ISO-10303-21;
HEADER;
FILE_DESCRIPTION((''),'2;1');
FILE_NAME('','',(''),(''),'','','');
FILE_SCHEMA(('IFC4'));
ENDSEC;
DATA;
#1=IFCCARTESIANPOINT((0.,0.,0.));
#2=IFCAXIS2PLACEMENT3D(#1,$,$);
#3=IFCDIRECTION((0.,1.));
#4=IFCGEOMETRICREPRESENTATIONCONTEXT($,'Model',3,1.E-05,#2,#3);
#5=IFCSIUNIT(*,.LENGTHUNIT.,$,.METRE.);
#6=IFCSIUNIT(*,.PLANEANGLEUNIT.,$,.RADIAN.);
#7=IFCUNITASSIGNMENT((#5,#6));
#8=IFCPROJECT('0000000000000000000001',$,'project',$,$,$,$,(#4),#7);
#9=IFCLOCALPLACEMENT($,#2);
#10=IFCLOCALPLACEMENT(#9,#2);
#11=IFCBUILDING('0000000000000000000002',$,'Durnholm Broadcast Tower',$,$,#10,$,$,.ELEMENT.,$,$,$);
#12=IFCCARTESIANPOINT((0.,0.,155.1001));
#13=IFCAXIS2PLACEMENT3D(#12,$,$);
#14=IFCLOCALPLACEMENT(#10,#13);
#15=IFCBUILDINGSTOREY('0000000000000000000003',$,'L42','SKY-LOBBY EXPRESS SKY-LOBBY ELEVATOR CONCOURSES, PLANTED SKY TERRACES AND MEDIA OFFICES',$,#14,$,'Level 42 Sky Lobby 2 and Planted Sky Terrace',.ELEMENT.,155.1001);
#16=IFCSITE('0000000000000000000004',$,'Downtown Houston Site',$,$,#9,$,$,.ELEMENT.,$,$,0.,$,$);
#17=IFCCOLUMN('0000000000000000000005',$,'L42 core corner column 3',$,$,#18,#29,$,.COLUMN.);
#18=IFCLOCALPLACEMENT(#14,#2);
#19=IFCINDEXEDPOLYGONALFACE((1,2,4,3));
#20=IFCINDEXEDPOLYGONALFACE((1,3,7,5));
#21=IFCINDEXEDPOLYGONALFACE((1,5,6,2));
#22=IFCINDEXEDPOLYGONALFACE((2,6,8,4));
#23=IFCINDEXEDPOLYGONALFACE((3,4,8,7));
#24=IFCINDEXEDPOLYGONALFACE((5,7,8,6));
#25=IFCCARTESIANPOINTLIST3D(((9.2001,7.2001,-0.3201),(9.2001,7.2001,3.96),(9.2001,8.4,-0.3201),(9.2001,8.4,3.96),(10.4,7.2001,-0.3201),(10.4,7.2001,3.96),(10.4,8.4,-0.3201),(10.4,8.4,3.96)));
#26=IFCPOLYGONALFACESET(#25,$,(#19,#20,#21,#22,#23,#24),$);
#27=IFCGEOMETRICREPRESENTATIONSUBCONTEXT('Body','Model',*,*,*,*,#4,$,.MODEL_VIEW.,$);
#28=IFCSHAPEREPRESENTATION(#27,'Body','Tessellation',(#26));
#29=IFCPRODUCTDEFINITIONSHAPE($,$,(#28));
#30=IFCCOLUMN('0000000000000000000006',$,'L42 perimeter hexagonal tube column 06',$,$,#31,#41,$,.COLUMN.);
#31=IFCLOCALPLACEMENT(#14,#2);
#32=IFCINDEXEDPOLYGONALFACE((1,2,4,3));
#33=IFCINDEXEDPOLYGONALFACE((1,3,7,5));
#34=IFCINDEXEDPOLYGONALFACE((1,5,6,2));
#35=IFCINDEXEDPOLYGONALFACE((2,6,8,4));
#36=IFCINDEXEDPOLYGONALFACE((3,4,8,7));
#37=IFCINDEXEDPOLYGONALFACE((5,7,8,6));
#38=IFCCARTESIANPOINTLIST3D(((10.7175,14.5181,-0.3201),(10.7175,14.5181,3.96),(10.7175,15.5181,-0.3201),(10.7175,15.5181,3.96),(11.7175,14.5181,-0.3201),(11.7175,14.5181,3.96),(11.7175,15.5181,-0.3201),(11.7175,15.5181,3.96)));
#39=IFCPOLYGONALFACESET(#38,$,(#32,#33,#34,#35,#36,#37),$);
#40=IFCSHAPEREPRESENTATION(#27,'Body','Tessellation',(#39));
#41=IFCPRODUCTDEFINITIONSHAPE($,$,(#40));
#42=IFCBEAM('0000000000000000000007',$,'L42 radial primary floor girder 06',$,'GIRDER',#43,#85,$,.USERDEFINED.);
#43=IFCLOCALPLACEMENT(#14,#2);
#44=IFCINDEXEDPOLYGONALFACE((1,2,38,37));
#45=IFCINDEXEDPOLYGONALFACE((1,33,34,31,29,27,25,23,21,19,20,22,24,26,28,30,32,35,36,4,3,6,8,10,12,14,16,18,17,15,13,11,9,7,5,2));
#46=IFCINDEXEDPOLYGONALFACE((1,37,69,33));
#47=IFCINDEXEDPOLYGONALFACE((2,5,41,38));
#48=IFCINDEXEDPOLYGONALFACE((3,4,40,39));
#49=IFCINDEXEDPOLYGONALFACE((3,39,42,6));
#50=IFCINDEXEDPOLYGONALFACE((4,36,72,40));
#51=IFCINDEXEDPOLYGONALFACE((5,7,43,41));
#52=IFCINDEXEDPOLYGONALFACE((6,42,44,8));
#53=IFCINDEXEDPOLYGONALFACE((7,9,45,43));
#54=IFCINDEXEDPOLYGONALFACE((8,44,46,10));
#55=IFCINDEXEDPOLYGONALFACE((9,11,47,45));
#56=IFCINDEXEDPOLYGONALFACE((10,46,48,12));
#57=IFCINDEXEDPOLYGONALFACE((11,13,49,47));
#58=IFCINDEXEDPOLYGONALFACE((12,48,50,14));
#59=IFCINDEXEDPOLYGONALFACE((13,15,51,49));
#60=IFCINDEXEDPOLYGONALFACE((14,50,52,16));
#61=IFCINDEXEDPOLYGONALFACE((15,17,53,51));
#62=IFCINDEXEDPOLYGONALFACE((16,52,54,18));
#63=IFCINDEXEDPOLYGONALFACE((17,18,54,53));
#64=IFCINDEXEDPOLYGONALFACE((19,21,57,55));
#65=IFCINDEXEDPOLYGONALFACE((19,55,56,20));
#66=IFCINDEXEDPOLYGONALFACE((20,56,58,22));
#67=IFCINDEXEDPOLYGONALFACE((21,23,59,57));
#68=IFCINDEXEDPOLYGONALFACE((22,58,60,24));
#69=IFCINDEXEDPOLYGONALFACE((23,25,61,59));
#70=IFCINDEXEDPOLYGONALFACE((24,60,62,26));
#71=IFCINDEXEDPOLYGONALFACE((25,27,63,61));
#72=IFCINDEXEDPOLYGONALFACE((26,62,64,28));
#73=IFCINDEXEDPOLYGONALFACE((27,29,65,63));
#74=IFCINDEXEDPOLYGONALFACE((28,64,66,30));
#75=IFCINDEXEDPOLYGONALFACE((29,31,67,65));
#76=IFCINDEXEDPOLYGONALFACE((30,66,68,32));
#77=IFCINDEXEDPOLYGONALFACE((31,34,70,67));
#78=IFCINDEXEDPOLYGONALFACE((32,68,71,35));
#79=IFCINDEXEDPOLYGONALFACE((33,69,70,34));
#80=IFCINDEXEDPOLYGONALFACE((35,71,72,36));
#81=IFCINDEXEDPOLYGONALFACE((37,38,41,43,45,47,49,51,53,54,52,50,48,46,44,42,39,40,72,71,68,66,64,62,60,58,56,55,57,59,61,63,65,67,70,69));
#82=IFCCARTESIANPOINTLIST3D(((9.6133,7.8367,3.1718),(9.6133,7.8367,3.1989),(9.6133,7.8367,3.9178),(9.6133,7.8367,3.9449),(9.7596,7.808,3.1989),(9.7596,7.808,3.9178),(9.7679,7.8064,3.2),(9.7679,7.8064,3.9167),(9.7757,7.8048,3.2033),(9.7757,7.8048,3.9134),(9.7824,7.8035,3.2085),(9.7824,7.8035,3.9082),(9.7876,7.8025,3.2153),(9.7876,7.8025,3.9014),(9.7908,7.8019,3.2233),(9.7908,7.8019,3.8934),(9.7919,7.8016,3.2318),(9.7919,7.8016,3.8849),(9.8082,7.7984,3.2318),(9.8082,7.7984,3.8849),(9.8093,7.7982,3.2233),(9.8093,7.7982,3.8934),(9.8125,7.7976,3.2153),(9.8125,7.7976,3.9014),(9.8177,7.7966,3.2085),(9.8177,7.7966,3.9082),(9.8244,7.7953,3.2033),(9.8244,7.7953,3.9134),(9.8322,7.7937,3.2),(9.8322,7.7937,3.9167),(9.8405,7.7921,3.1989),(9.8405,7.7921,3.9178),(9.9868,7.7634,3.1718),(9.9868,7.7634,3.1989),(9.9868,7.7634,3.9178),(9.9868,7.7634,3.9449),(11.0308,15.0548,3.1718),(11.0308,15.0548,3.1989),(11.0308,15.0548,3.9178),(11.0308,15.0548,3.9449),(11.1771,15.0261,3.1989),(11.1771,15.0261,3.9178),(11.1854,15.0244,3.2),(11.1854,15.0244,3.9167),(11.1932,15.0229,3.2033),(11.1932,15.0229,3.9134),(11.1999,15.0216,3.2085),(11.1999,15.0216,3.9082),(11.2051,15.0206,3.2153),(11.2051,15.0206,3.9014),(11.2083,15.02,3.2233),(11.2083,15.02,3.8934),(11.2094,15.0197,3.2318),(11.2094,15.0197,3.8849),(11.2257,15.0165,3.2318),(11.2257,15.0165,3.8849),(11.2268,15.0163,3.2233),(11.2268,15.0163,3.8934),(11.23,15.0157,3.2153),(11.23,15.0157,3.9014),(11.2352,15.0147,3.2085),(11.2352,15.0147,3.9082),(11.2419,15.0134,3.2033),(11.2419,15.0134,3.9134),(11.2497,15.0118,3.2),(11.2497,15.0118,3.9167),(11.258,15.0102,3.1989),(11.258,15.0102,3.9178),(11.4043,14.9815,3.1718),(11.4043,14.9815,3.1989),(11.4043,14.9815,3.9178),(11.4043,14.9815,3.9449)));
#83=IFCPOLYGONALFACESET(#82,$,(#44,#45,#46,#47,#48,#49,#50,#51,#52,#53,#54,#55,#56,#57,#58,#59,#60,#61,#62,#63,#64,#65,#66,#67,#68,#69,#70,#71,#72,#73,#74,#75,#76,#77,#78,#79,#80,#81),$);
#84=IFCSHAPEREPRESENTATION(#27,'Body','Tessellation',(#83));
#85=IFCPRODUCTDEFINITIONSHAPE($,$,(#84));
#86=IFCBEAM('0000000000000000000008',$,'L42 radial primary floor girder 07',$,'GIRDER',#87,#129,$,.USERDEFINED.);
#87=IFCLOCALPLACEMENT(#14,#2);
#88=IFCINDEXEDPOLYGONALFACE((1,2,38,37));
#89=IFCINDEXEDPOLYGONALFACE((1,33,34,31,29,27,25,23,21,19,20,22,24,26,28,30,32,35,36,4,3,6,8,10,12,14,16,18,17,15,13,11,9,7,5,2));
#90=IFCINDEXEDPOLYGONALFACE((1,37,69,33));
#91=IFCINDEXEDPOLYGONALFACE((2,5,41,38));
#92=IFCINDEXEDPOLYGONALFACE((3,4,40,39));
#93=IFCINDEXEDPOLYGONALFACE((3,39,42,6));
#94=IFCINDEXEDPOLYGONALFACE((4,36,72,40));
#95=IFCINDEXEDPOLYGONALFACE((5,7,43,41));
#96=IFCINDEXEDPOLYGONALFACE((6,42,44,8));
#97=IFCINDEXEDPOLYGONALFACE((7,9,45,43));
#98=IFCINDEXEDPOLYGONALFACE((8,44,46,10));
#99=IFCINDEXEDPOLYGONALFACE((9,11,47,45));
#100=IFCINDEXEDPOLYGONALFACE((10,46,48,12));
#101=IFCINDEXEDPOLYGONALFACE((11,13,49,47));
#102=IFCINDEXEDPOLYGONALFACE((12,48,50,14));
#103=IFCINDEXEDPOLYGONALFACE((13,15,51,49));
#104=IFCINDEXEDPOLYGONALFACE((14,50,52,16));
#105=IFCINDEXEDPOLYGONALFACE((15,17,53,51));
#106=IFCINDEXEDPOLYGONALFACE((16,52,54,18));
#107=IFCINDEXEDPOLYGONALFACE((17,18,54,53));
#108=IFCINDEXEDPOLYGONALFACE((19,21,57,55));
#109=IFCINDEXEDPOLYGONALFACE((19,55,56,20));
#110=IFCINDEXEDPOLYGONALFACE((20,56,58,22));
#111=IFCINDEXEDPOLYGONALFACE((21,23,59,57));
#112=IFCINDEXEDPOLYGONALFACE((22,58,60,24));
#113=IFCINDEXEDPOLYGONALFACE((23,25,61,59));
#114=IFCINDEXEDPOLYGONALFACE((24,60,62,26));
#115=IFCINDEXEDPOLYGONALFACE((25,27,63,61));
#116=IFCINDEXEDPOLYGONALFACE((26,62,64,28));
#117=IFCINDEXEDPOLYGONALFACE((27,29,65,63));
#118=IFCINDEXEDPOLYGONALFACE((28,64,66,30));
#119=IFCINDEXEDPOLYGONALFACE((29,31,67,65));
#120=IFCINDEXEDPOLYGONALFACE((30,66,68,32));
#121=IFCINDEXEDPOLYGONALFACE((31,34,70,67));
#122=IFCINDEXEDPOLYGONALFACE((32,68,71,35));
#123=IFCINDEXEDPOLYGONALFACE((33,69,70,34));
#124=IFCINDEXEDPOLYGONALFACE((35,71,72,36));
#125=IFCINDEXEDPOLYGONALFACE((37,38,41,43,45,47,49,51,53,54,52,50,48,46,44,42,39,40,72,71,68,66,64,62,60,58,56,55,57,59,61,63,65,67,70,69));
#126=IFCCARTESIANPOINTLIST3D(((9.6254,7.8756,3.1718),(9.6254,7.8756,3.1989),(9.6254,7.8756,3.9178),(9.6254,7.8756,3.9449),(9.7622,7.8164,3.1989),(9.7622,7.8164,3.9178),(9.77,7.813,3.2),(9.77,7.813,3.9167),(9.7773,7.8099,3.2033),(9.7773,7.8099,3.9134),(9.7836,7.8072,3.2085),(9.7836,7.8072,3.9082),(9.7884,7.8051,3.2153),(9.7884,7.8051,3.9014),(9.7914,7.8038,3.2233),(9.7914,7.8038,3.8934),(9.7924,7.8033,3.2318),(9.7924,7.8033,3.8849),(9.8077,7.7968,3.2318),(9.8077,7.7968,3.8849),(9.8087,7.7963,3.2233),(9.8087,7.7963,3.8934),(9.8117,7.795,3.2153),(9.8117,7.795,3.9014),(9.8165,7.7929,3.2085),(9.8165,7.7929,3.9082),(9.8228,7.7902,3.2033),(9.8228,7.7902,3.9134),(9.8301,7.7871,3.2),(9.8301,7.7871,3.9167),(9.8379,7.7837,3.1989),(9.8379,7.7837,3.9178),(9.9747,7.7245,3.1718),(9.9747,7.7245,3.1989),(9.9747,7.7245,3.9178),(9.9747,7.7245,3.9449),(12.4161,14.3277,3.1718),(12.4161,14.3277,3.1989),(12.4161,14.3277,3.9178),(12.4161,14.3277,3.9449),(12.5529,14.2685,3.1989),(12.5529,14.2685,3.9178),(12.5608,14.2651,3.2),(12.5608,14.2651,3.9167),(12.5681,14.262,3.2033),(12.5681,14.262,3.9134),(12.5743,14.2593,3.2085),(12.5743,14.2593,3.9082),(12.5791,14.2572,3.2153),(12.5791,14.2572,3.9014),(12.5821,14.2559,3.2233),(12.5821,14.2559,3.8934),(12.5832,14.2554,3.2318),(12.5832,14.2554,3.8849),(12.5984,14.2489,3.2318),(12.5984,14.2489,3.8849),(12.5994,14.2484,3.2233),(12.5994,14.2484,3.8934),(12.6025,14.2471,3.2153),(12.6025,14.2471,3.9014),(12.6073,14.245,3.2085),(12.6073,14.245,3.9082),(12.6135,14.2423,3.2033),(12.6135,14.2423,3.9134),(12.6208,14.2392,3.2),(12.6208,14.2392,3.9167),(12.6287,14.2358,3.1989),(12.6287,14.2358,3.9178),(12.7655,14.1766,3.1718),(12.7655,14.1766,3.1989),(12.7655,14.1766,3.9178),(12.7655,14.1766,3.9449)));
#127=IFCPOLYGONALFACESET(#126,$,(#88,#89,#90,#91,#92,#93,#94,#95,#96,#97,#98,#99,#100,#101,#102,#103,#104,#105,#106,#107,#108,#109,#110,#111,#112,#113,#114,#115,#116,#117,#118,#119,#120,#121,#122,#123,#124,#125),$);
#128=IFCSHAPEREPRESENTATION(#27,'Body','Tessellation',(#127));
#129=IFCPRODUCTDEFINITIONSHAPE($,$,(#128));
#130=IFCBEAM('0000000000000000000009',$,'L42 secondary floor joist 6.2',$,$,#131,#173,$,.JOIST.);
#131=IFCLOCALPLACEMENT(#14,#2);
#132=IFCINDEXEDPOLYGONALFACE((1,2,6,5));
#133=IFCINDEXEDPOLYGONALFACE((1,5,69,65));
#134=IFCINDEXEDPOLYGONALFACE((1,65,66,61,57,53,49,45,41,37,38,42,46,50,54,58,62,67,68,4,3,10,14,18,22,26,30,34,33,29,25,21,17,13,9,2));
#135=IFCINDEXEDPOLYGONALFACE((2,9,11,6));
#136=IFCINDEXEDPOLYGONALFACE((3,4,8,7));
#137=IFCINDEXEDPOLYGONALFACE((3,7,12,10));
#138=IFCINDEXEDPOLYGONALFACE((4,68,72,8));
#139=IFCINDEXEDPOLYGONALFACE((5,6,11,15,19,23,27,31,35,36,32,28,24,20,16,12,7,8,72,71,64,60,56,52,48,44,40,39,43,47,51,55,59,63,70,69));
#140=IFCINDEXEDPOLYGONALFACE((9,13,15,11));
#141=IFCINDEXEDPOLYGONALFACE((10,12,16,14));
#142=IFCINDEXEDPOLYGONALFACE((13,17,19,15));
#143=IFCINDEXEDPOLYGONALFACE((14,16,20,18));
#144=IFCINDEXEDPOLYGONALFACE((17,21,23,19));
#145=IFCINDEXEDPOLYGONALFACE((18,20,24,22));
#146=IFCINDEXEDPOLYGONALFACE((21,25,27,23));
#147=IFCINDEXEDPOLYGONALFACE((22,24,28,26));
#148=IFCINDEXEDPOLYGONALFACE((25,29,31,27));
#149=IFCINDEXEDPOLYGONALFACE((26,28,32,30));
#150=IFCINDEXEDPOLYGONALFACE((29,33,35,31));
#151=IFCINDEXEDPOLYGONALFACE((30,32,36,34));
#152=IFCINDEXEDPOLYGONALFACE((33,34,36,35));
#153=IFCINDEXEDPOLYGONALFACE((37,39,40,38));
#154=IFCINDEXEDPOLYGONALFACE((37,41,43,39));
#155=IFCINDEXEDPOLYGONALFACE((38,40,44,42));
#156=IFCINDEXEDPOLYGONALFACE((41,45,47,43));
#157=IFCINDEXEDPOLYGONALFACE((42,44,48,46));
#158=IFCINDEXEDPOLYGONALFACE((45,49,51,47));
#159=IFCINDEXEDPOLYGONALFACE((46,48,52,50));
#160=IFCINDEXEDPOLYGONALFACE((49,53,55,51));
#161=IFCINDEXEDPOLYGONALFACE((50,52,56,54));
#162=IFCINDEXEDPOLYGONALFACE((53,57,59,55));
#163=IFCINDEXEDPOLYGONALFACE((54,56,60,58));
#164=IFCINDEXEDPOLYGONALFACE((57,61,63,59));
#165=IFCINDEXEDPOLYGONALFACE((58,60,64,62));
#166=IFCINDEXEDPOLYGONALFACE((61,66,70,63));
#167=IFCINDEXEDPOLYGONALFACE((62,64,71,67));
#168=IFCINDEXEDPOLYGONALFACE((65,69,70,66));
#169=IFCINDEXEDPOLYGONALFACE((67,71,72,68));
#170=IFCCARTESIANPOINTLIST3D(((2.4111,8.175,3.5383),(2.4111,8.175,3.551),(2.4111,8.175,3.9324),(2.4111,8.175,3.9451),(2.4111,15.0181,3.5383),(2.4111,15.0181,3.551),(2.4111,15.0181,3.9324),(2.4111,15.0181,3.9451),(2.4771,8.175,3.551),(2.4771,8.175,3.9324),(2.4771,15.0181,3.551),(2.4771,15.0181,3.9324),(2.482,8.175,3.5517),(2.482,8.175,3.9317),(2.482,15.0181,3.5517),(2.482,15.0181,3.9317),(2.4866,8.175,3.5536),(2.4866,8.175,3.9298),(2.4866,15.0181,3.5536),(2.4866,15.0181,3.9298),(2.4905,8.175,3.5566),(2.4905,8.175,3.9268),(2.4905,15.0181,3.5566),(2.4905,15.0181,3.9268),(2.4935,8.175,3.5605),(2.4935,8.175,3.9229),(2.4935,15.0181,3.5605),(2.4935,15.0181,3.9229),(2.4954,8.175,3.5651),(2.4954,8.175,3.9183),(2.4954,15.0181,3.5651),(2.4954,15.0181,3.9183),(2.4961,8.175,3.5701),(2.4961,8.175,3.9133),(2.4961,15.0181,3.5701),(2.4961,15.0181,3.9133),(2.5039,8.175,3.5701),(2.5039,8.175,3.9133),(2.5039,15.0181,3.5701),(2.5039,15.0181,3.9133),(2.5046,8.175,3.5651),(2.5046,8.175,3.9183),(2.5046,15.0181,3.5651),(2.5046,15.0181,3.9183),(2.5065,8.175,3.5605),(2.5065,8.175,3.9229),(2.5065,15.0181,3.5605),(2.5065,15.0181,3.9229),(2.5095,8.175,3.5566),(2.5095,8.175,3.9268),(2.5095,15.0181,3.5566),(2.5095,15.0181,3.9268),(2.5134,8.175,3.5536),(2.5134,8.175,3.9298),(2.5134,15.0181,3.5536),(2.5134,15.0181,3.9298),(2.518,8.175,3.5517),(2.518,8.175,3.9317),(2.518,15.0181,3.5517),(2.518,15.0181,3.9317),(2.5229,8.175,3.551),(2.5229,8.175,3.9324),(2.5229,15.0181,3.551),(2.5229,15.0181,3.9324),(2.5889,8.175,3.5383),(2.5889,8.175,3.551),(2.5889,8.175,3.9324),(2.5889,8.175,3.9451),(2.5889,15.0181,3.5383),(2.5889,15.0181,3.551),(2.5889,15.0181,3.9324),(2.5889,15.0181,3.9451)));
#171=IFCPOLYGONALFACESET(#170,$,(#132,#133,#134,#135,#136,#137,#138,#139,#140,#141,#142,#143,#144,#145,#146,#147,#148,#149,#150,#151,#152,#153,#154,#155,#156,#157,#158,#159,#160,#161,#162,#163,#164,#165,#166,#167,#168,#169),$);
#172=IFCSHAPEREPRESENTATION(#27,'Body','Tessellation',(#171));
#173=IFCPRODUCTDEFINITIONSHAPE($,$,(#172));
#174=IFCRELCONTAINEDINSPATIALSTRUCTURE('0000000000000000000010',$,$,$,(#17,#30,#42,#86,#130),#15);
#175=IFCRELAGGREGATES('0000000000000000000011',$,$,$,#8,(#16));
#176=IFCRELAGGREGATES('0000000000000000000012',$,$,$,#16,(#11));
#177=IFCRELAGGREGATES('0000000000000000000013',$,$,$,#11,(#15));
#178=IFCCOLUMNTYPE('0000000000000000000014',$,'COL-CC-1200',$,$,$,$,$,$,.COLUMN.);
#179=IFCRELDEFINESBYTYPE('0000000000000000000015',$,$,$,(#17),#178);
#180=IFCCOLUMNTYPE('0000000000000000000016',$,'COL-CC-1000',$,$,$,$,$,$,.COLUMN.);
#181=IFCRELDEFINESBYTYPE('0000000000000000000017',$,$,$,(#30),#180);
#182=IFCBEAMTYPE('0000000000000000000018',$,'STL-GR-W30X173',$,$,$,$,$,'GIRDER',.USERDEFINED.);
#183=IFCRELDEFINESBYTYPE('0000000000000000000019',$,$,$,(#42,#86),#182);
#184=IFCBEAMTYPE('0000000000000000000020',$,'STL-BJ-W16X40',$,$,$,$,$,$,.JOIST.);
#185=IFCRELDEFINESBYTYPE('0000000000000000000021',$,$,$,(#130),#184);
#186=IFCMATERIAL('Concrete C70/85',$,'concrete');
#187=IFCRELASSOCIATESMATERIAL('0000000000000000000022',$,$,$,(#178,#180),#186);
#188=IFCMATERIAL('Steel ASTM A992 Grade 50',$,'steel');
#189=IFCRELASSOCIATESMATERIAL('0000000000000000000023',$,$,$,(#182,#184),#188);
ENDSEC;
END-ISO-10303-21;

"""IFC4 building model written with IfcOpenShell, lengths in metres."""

from ifc_helpers import new_model, si_unit, direction, frame, origin, origin_2d, place, context, subcontext, project, spatial, rectangle, i_section, extrude, source, transform, mapped, material, material_profile, profile_set, type_object, type_shapes, element, save


model = new_model("IFC4")

# Units and contexts
model_context = context("Model", 3, precision=1e-05, world=origin(), true_north=direction((0.0, 1.0)))
body_context = subcontext(model_context, "Body", "Model", "MODEL_VIEW")
ifc_project = project(units=[si_unit("LENGTHUNIT", "METRE"), si_unit("PLANEANGLEUNIT", "RADIAN")], contexts=[model_context])

# Site, building, storey
site_placement = place(None, origin())
site = spatial("IfcSite", under=ifc_project, at=site_placement, Name="Downtown Houston Site", CompositionType="ELEMENT", RefElevation=0.0)
building_placement = place(site_placement, origin())
building = spatial("IfcBuilding", under=site, at=building_placement, Name="Durnholm Broadcast Tower", CompositionType="ELEMENT")
storey_placement = place(building_placement, frame((0.0, 0.0, 155.1001)))
storey = spatial("IfcBuildingStorey", under=building, at=storey_placement, Name="L42", Description="SKY-LOBBY EXPRESS SKY-LOBBY ELEVATOR CONCOURSES, PLANTED SKY TERRACES AND MEDIA OFFICES", LongName="Level 42 Sky Lobby 2 and Planted Sky Terrace", CompositionType="ELEMENT", Elevation=155.1001)

# Columns
ifc_material_1 = material(Name="Concrete C70/85", Category="concrete")
ifc_material_profile_1 = material_profile(ifc_material_1, rectangle(XDim=1.2, YDim=1.2, at=origin_2d()), Name="RC1200X1200")
ifc_profile_set_1 = profile_set([ifc_material_profile_1], Name="Concrete C70/85")
column_type_1 = type_object("IfcColumnType", Name="COL-CC-1200", PredefinedType="COLUMN", material=ifc_profile_set_1)
shared_shape_1 = source(origin(), body_context, "Body", "SweptSolid", [
    extrude(rectangle(XDim=1.2, YDim=1.2, at=origin_2d()), origin(), (0.0, 0.0, 1.0), 4.28),
])
type_shapes(column_type_1, [shared_shape_1])
column_1_placement = place(storey_placement, frame((9.8, 7.8, -0.3201), z_axis=(0.0, 0.0, 1.0), x_axis=(1.0, 0.0, 0.0)))
element("IfcColumn", 1, at=column_1_placement, inside=storey, type_object=column_type_1, Name="L42 core corner column 3", PredefinedType="COLUMN", context=body_context, shape_type="MappedRepresentation", body=[
    mapped(shared_shape_1, transform((0.0, 0.0, 0.0), x_axis=(1.0, 0.0, 0.0), y_axis=(0.0, 1.0, 0.0), z_axis=(0.0, 0.0, 1.0), scale=1.0)),
])
ifc_material_profile_2 = material_profile(ifc_material_1, rectangle(XDim=1.0, YDim=1.0, at=origin_2d()), Name="RC1000X1000")
ifc_profile_set_2 = profile_set([ifc_material_profile_2], Name="Concrete C70/85")
column_type_2 = type_object("IfcColumnType", Name="COL-CC-1000", PredefinedType="COLUMN", material=ifc_profile_set_2)
shared_shape_2 = source(origin(), body_context, "Body", "SweptSolid", [
    extrude(rectangle(XDim=1.0, YDim=1.0, at=origin_2d()), origin(), (0.0, 0.0, 1.0), 4.28),
])
type_shapes(column_type_2, [shared_shape_2])
column_2_placement = place(storey_placement, frame((11.2175, 15.0181, -0.3201), z_axis=(0.0, 0.0, 1.0), x_axis=(1.0, 0.0, 0.0)))
element("IfcColumn", 2, at=column_2_placement, inside=storey, type_object=column_type_2, Name="L42 perimeter hexagonal tube column 06", PredefinedType="COLUMN", context=body_context, shape_type="MappedRepresentation", body=[
    mapped(shared_shape_2, transform((0.0, 0.0, 0.0), x_axis=(1.0, 0.0, 0.0), y_axis=(0.0, 1.0, 0.0), z_axis=(0.0, 0.0, 1.0), scale=1.0)),
])

# Beams
ifc_material_2 = material(Name="Steel ASTM A992 Grade 50", Category="steel")
ifc_material_profile_3 = material_profile(ifc_material_2, i_section(OverallWidth=0.3806, OverallDepth=0.7732, WebThickness=0.0166, FlangeThickness=0.0271, FilletRadius=0.033, at=origin_2d()), Name="W30X173")
ifc_profile_set_3 = profile_set([ifc_material_profile_3], Name="Steel ASTM A992 Grade 50")
beam_type_1 = type_object("IfcBeamType", Name="STL-GR-W30X173", ElementType="GIRDER", PredefinedType="USERDEFINED", material=ifc_profile_set_3)
shared_shape_3 = source(origin(), body_context, "Body", "SweptSolid", [
    extrude(i_section(OverallWidth=0.3806, OverallDepth=0.7732, WebThickness=0.0166, FlangeThickness=0.0271, FilletRadius=0.033, at=origin_2d()), origin(), (0.0, 0.0, 1.0), 7.356),
])
beam_1_placement = place(storey_placement, frame((9.8, 7.8, 3.5583), z_axis=(0.1927, 0.981258, 0.0), x_axis=(-0.981258, 0.1927, 0.0)))
element("IfcBeam", 3, at=beam_1_placement, inside=storey, type_object=beam_type_1, Name="L42 radial primary floor girder 06", ObjectType="GIRDER", PredefinedType="USERDEFINED", context=body_context, shape_type="MappedRepresentation", body=[
    mapped(shared_shape_3, transform((0.0, 0.0, 0.0), x_axis=(1.0, 0.0, 0.0), y_axis=(0.0, 1.0, 0.0), z_axis=(0.0, 0.0, 1.0), scale=1.0)),
])
shared_shape_4 = source(origin(), body_context, "Body", "SweptSolid", [
    extrude(i_section(OverallWidth=0.3806, OverallDepth=0.7732, WebThickness=0.0166, FlangeThickness=0.0271, FilletRadius=0.033, at=origin_2d()), origin(), (0.0, 0.0, 1.0), 7.0298),
])
type_shapes(beam_type_1, [shared_shape_3, shared_shape_4])
beam_2_placement = place(storey_placement, frame((9.8, 7.8, 3.5583), z_axis=(0.396989, 0.917823, 0.0), x_axis=(-0.917823, 0.396989, 0.0)))
element("IfcBeam", 4, at=beam_2_placement, inside=storey, type_object=beam_type_1, Name="L42 radial primary floor girder 07", ObjectType="GIRDER", PredefinedType="USERDEFINED", context=body_context, shape_type="MappedRepresentation", body=[
    mapped(shared_shape_4, transform((0.0, 0.0, 0.0), x_axis=(1.0, 0.0, 0.0), y_axis=(0.0, 1.0, 0.0), z_axis=(0.0, 0.0, 1.0), scale=1.0)),
])
ifc_material_profile_4 = material_profile(ifc_material_2, i_section(OverallWidth=0.1777, OverallDepth=0.4067, WebThickness=0.0078, FlangeThickness=0.0127, FilletRadius=0.019, at=origin_2d()), Name="W16X40")
ifc_profile_set_4 = profile_set([ifc_material_profile_4], Name="Steel ASTM A992 Grade 50")
beam_type_2 = type_object("IfcBeamType", Name="STL-BJ-W16X40", PredefinedType="JOIST", material=ifc_profile_set_4)
shared_shape_5 = source(origin(), body_context, "Body", "SweptSolid", [
    extrude(i_section(OverallWidth=0.1777, OverallDepth=0.4067, WebThickness=0.0078, FlangeThickness=0.0127, FilletRadius=0.019, at=origin_2d()), origin(), (0.0, 0.0, 1.0), 6.843),
])
type_shapes(beam_type_2, [shared_shape_5])
for number, where, z_axis, x_axis, name in (
    (5, (2.5, 8.175, 3.7417), (0.0, 1.0, 0.0), (-1.0, 0.0, 0.0), "L42 secondary floor joist 6.2"),
):
    element("IfcBeam", number, at=place(storey_placement, frame(where, z_axis=z_axis, x_axis=x_axis)), inside=storey, type_object=beam_type_2, Name=name, PredefinedType="JOIST", context=body_context, shape_type="MappedRepresentation", body=[
        mapped(shared_shape_5, transform((0.0, 0.0, 0.0), x_axis=(1.0, 0.0, 0.0), y_axis=(0.0, 1.0, 0.0), z_axis=(0.0, 0.0, 1.0), scale=1.0)),
    ])

save(model, "model.ifc")
